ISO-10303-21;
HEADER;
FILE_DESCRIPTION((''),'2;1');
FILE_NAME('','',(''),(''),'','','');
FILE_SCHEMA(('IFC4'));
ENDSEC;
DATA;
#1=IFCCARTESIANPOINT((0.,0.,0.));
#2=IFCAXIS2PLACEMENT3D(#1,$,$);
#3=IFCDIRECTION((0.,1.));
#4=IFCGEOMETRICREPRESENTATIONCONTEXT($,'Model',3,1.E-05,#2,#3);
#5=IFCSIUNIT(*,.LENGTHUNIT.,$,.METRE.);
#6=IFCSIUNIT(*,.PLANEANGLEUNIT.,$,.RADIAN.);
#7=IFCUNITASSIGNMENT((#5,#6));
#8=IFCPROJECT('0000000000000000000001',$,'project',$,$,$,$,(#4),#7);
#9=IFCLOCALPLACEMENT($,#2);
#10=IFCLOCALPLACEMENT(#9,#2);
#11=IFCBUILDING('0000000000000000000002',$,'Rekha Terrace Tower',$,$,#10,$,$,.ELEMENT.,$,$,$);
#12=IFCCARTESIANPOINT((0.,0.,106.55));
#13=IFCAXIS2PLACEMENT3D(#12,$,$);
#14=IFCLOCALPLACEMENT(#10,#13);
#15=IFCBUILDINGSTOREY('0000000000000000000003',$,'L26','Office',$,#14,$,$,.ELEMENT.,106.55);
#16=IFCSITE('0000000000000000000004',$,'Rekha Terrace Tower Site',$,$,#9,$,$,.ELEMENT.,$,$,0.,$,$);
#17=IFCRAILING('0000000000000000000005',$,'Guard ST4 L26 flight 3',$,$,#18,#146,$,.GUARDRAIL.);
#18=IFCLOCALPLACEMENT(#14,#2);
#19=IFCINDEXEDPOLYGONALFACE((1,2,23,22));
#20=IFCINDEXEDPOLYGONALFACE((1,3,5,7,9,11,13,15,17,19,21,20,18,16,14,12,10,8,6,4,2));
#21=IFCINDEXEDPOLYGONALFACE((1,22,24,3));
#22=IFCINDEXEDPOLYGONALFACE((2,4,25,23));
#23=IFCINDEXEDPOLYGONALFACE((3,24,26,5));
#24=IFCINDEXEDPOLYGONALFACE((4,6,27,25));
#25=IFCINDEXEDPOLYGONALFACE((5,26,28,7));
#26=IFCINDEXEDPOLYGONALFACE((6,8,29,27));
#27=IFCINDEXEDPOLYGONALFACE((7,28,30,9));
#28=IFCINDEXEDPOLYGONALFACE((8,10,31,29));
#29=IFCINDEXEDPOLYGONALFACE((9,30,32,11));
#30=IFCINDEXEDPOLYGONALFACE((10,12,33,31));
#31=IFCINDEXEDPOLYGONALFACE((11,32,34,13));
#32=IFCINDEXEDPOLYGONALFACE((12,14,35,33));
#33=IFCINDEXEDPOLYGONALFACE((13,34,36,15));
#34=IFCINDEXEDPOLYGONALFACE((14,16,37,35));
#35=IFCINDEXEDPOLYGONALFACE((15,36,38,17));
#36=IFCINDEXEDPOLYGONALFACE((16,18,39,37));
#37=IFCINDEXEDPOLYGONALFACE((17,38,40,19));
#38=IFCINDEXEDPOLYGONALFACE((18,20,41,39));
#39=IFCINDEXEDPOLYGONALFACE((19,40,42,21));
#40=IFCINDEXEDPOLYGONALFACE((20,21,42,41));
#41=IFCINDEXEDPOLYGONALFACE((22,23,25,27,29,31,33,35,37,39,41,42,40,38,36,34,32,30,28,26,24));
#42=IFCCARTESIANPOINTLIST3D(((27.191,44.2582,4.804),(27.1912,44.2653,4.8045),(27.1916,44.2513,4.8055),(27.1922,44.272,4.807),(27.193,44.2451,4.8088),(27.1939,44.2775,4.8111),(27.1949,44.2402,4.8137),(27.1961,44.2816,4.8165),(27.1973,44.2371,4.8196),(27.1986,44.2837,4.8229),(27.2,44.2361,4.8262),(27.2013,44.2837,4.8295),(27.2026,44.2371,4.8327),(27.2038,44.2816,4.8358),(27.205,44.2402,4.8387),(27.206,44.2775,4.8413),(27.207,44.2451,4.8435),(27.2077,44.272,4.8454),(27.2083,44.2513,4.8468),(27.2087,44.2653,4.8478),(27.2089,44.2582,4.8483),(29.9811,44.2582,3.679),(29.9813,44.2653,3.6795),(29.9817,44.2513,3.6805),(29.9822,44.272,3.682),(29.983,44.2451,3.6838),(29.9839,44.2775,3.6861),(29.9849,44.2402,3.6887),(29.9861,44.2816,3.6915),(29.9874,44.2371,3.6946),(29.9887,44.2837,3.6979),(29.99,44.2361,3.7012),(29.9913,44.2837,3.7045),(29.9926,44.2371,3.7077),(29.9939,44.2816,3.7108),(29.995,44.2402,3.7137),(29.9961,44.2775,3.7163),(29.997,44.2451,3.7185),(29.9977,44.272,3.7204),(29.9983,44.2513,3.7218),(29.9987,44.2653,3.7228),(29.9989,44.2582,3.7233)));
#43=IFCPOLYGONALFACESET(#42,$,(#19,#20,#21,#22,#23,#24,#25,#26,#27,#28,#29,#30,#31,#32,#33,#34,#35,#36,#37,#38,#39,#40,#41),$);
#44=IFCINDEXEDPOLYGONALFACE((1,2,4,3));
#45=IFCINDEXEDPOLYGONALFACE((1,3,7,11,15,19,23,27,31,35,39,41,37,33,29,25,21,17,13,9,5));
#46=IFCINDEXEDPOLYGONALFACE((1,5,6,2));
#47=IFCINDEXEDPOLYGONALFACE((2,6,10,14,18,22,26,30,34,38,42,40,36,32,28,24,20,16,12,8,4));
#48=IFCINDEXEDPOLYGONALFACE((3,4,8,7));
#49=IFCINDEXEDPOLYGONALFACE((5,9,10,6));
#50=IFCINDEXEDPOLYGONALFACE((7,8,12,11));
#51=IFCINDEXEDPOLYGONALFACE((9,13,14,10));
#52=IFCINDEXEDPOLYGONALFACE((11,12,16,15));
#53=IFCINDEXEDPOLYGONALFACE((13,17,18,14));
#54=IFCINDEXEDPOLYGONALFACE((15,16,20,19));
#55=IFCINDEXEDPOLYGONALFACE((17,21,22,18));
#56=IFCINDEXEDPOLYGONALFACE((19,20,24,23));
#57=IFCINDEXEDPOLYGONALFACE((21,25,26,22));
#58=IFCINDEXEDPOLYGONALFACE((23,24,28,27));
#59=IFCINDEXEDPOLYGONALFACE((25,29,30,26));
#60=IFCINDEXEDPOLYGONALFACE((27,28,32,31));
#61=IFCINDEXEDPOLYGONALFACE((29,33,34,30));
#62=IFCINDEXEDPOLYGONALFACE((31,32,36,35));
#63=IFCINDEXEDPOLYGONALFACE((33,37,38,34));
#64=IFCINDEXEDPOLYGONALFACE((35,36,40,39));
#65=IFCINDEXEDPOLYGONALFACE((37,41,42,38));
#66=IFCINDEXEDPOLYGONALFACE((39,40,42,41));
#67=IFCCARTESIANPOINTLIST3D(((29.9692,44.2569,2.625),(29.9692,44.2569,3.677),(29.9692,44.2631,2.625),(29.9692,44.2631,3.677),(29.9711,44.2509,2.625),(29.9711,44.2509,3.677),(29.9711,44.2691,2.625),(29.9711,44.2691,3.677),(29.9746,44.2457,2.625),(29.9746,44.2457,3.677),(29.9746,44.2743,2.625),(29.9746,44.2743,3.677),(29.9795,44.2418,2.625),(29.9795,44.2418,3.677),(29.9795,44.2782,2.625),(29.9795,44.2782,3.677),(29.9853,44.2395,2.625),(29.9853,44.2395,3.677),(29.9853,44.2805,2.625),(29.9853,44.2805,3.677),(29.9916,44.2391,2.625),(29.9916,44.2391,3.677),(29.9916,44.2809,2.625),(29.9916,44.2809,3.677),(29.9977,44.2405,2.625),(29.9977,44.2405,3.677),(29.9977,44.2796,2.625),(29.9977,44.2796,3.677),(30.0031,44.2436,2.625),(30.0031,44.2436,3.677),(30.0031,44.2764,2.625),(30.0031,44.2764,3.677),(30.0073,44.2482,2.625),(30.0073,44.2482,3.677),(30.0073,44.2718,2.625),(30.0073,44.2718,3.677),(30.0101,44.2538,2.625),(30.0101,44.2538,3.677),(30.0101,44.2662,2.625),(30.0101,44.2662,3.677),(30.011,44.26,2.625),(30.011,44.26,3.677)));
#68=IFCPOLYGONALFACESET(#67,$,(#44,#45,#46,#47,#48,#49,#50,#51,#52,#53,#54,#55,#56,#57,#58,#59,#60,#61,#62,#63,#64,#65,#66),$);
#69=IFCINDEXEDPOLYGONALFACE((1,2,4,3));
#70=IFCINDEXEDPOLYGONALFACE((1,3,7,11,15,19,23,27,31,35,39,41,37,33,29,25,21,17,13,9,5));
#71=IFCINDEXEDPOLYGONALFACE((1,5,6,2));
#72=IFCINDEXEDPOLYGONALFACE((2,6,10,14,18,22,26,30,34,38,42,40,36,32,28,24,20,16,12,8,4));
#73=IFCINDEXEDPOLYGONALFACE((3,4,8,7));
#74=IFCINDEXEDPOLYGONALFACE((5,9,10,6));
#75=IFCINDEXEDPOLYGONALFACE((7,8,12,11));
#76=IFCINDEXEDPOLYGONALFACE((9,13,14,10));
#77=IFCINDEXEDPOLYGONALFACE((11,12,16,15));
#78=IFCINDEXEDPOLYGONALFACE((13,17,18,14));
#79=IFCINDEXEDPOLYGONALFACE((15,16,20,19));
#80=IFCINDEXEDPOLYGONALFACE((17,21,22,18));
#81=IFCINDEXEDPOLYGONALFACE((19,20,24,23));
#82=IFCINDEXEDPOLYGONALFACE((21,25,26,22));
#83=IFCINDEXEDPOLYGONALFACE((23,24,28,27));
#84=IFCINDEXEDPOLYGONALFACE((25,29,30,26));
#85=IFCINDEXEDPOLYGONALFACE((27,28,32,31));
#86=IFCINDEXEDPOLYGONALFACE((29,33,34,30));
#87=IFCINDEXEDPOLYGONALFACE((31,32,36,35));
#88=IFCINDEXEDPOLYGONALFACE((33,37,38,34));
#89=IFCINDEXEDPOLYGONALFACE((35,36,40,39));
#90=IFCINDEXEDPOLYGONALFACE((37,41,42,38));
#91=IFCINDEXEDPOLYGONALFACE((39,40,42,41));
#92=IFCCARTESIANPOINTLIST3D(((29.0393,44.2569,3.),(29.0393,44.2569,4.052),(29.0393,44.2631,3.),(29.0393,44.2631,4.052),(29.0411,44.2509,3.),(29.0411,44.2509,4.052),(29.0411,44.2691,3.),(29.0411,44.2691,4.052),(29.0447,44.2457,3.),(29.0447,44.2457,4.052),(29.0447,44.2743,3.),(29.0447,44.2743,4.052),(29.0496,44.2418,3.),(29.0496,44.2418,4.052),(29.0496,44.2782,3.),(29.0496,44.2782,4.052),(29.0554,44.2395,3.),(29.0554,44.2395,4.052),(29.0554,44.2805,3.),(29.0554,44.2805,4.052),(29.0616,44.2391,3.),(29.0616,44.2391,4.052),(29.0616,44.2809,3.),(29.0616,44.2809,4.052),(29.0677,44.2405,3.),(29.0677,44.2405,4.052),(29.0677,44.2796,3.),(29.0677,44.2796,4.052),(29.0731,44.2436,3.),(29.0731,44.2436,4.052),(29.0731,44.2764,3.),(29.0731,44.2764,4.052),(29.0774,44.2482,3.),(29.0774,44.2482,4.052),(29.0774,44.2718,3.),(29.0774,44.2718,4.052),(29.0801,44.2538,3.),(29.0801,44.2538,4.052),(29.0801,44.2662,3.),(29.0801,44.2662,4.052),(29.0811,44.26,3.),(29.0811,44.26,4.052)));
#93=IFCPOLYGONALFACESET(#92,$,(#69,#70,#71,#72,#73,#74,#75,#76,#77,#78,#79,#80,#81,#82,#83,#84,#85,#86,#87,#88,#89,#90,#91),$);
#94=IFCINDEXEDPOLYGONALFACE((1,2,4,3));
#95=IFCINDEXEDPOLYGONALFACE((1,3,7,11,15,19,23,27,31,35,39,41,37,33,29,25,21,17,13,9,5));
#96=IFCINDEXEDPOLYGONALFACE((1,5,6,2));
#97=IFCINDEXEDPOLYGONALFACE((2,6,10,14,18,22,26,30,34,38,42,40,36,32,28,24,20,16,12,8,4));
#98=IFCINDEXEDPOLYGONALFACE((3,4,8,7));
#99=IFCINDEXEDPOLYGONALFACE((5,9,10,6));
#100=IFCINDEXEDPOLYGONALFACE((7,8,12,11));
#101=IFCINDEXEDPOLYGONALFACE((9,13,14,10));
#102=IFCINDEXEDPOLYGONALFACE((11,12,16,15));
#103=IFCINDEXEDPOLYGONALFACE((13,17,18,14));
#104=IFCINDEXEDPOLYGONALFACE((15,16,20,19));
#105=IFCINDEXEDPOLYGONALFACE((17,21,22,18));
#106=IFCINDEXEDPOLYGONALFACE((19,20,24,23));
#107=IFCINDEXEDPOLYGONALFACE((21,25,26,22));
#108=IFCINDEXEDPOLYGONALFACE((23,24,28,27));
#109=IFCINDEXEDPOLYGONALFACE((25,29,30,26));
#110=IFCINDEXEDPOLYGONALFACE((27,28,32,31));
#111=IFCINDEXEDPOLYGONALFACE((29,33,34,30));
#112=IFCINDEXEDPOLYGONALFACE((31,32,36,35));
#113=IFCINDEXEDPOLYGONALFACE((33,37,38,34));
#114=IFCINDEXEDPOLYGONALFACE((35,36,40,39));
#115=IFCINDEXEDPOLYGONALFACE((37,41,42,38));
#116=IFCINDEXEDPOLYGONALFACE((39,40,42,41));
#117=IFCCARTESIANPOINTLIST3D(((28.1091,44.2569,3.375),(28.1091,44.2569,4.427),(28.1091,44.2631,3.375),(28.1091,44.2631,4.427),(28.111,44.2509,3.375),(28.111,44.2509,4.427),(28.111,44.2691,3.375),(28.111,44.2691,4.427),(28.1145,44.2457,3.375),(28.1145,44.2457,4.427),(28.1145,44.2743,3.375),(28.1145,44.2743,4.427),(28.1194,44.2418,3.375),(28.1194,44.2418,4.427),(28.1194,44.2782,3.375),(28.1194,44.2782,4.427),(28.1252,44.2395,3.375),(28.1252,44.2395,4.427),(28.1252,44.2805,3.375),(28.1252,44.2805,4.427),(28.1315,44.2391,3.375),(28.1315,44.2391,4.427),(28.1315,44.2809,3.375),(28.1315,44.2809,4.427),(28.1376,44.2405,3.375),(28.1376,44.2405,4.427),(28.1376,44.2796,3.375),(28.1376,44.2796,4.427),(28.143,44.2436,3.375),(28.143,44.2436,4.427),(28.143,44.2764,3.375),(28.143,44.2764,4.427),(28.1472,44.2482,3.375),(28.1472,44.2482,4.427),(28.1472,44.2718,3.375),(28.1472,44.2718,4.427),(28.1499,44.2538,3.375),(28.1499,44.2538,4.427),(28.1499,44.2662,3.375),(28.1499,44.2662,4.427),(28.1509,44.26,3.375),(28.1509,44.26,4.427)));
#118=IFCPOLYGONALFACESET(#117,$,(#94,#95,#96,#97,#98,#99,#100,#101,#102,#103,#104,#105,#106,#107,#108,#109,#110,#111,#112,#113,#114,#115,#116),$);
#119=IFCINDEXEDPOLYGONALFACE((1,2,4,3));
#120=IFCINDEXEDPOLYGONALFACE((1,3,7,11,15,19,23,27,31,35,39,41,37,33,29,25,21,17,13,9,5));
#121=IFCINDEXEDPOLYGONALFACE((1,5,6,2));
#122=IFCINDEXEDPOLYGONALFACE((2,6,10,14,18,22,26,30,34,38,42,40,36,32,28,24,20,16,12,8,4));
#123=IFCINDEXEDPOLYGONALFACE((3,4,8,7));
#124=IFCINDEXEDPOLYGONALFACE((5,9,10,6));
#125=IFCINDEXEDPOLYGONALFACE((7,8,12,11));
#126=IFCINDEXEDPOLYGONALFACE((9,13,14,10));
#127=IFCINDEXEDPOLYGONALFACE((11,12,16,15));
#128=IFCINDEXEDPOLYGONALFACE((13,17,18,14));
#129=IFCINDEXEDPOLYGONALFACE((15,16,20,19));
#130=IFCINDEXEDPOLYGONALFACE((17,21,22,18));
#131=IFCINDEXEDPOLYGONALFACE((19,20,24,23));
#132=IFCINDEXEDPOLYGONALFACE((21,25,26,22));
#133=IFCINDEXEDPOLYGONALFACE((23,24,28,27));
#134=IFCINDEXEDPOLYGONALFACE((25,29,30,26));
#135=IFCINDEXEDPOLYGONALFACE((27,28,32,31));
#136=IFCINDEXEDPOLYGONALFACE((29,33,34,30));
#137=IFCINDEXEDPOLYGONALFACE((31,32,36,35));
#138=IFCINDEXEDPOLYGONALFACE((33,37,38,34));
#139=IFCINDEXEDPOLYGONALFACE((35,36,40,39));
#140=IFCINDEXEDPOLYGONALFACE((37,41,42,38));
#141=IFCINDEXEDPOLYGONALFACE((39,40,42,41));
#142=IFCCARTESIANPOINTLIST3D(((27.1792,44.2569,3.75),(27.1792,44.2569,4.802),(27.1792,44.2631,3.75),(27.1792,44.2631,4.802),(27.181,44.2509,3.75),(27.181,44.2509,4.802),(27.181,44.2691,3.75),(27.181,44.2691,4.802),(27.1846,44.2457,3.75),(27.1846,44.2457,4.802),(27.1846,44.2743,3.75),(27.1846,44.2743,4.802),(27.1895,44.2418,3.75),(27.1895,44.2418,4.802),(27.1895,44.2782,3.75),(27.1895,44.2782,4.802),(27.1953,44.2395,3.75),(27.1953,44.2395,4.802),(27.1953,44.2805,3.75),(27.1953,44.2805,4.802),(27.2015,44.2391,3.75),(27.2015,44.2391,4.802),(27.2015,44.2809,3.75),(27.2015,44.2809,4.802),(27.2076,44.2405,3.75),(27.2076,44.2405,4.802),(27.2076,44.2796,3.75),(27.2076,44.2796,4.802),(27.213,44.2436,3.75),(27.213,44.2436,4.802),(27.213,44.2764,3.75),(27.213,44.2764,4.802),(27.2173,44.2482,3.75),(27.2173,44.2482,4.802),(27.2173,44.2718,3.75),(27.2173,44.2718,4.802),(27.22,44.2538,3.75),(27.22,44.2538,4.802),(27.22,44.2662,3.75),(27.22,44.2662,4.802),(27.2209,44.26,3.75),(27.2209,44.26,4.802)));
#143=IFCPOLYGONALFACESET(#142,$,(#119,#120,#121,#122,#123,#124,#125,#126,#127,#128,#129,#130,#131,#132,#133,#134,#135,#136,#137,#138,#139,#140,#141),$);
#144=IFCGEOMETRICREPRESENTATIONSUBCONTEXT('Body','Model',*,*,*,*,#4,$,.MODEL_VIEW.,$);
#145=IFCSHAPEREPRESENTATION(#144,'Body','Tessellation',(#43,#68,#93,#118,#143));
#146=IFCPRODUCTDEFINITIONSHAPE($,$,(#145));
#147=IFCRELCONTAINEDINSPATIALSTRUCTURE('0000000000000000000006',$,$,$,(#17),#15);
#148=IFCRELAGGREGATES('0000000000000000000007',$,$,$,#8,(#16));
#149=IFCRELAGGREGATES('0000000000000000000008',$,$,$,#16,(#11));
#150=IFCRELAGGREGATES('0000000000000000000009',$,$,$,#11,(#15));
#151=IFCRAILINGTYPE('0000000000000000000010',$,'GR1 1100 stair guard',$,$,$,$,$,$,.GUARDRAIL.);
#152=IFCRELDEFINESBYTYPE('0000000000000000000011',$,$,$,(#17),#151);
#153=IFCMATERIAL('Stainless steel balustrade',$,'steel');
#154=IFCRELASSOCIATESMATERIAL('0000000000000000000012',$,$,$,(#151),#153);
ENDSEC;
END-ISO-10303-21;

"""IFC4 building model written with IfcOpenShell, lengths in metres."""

from ifc_helpers import new_model, si_unit, direction, frame, origin, origin_2d, place, context, subcontext, project, spatial, circle, extrude, material, type_object, element, save


model = new_model("IFC4")

# Units and contexts
model_context = context("Model", 3, precision=1e-05, world=origin(), true_north=direction((0.0, 1.0)))
body_context = subcontext(model_context, "Body", "Model", "MODEL_VIEW")
ifc_project = project(units=[si_unit("LENGTHUNIT", "METRE"), si_unit("PLANEANGLEUNIT", "RADIAN")], contexts=[model_context])

# Site, building, storey
site_placement = place(None, origin())
site = spatial("IfcSite", under=ifc_project, at=site_placement, Name="Rekha Terrace Tower Site", CompositionType="ELEMENT", RefElevation=0.0)
building_placement = place(site_placement, origin())
building = spatial("IfcBuilding", under=site, at=building_placement, Name="Rekha Terrace Tower", CompositionType="ELEMENT")
storey_placement = place(building_placement, frame((0.0, 0.0, 106.55)))
storey = spatial("IfcBuildingStorey", under=building, at=storey_placement, Name="L26", Description="Office", CompositionType="ELEMENT", Elevation=106.55)

# Railing
ifc_material_1 = material(Name="Stainless steel balustrade", Category="steel")
railing_type_1 = type_object("IfcRailingType", Name="GR1 1100 stair guard", PredefinedType="GUARDRAIL", material=ifc_material_1)
railing_1_placement = place(storey_placement, frame((29.99, 44.26, 2.625)))
element("IfcRailing", 1, at=railing_1_placement, inside=storey, type_object=railing_type_1, Name="Guard ST4 L26 flight 3", PredefinedType="GUARDRAIL", context=body_context, shape_type="SweptSolid", body=[
    extrude(circle(Radius=0.0239, at=origin_2d()), frame((0.0, 0.0, 1.0762), z_axis=(-0.927443, 0.0, 0.373964), x_axis=(0.0, -1.0, 0.0)), (0.0, 0.0, 1.0), 3.0083),
    extrude(circle(Radius=0.021, at=origin_2d()), origin(), (0.0, 0.0, 1.0), 1.052),
    extrude(circle(Radius=0.021, at=origin_2d()), frame((-0.9299, 0.0, 0.375)), (0.0, 0.0, 1.0), 1.052),
    extrude(circle(Radius=0.021, at=origin_2d()), frame((-1.8601, 0.0, 0.75)), (0.0, 0.0, 1.0), 1.052),
    extrude(circle(Radius=0.021, at=origin_2d()), frame((-2.79, 0.0, 1.125)), (0.0, 0.0, 1.0), 1.052),
])

save(model, "model.ifc")
